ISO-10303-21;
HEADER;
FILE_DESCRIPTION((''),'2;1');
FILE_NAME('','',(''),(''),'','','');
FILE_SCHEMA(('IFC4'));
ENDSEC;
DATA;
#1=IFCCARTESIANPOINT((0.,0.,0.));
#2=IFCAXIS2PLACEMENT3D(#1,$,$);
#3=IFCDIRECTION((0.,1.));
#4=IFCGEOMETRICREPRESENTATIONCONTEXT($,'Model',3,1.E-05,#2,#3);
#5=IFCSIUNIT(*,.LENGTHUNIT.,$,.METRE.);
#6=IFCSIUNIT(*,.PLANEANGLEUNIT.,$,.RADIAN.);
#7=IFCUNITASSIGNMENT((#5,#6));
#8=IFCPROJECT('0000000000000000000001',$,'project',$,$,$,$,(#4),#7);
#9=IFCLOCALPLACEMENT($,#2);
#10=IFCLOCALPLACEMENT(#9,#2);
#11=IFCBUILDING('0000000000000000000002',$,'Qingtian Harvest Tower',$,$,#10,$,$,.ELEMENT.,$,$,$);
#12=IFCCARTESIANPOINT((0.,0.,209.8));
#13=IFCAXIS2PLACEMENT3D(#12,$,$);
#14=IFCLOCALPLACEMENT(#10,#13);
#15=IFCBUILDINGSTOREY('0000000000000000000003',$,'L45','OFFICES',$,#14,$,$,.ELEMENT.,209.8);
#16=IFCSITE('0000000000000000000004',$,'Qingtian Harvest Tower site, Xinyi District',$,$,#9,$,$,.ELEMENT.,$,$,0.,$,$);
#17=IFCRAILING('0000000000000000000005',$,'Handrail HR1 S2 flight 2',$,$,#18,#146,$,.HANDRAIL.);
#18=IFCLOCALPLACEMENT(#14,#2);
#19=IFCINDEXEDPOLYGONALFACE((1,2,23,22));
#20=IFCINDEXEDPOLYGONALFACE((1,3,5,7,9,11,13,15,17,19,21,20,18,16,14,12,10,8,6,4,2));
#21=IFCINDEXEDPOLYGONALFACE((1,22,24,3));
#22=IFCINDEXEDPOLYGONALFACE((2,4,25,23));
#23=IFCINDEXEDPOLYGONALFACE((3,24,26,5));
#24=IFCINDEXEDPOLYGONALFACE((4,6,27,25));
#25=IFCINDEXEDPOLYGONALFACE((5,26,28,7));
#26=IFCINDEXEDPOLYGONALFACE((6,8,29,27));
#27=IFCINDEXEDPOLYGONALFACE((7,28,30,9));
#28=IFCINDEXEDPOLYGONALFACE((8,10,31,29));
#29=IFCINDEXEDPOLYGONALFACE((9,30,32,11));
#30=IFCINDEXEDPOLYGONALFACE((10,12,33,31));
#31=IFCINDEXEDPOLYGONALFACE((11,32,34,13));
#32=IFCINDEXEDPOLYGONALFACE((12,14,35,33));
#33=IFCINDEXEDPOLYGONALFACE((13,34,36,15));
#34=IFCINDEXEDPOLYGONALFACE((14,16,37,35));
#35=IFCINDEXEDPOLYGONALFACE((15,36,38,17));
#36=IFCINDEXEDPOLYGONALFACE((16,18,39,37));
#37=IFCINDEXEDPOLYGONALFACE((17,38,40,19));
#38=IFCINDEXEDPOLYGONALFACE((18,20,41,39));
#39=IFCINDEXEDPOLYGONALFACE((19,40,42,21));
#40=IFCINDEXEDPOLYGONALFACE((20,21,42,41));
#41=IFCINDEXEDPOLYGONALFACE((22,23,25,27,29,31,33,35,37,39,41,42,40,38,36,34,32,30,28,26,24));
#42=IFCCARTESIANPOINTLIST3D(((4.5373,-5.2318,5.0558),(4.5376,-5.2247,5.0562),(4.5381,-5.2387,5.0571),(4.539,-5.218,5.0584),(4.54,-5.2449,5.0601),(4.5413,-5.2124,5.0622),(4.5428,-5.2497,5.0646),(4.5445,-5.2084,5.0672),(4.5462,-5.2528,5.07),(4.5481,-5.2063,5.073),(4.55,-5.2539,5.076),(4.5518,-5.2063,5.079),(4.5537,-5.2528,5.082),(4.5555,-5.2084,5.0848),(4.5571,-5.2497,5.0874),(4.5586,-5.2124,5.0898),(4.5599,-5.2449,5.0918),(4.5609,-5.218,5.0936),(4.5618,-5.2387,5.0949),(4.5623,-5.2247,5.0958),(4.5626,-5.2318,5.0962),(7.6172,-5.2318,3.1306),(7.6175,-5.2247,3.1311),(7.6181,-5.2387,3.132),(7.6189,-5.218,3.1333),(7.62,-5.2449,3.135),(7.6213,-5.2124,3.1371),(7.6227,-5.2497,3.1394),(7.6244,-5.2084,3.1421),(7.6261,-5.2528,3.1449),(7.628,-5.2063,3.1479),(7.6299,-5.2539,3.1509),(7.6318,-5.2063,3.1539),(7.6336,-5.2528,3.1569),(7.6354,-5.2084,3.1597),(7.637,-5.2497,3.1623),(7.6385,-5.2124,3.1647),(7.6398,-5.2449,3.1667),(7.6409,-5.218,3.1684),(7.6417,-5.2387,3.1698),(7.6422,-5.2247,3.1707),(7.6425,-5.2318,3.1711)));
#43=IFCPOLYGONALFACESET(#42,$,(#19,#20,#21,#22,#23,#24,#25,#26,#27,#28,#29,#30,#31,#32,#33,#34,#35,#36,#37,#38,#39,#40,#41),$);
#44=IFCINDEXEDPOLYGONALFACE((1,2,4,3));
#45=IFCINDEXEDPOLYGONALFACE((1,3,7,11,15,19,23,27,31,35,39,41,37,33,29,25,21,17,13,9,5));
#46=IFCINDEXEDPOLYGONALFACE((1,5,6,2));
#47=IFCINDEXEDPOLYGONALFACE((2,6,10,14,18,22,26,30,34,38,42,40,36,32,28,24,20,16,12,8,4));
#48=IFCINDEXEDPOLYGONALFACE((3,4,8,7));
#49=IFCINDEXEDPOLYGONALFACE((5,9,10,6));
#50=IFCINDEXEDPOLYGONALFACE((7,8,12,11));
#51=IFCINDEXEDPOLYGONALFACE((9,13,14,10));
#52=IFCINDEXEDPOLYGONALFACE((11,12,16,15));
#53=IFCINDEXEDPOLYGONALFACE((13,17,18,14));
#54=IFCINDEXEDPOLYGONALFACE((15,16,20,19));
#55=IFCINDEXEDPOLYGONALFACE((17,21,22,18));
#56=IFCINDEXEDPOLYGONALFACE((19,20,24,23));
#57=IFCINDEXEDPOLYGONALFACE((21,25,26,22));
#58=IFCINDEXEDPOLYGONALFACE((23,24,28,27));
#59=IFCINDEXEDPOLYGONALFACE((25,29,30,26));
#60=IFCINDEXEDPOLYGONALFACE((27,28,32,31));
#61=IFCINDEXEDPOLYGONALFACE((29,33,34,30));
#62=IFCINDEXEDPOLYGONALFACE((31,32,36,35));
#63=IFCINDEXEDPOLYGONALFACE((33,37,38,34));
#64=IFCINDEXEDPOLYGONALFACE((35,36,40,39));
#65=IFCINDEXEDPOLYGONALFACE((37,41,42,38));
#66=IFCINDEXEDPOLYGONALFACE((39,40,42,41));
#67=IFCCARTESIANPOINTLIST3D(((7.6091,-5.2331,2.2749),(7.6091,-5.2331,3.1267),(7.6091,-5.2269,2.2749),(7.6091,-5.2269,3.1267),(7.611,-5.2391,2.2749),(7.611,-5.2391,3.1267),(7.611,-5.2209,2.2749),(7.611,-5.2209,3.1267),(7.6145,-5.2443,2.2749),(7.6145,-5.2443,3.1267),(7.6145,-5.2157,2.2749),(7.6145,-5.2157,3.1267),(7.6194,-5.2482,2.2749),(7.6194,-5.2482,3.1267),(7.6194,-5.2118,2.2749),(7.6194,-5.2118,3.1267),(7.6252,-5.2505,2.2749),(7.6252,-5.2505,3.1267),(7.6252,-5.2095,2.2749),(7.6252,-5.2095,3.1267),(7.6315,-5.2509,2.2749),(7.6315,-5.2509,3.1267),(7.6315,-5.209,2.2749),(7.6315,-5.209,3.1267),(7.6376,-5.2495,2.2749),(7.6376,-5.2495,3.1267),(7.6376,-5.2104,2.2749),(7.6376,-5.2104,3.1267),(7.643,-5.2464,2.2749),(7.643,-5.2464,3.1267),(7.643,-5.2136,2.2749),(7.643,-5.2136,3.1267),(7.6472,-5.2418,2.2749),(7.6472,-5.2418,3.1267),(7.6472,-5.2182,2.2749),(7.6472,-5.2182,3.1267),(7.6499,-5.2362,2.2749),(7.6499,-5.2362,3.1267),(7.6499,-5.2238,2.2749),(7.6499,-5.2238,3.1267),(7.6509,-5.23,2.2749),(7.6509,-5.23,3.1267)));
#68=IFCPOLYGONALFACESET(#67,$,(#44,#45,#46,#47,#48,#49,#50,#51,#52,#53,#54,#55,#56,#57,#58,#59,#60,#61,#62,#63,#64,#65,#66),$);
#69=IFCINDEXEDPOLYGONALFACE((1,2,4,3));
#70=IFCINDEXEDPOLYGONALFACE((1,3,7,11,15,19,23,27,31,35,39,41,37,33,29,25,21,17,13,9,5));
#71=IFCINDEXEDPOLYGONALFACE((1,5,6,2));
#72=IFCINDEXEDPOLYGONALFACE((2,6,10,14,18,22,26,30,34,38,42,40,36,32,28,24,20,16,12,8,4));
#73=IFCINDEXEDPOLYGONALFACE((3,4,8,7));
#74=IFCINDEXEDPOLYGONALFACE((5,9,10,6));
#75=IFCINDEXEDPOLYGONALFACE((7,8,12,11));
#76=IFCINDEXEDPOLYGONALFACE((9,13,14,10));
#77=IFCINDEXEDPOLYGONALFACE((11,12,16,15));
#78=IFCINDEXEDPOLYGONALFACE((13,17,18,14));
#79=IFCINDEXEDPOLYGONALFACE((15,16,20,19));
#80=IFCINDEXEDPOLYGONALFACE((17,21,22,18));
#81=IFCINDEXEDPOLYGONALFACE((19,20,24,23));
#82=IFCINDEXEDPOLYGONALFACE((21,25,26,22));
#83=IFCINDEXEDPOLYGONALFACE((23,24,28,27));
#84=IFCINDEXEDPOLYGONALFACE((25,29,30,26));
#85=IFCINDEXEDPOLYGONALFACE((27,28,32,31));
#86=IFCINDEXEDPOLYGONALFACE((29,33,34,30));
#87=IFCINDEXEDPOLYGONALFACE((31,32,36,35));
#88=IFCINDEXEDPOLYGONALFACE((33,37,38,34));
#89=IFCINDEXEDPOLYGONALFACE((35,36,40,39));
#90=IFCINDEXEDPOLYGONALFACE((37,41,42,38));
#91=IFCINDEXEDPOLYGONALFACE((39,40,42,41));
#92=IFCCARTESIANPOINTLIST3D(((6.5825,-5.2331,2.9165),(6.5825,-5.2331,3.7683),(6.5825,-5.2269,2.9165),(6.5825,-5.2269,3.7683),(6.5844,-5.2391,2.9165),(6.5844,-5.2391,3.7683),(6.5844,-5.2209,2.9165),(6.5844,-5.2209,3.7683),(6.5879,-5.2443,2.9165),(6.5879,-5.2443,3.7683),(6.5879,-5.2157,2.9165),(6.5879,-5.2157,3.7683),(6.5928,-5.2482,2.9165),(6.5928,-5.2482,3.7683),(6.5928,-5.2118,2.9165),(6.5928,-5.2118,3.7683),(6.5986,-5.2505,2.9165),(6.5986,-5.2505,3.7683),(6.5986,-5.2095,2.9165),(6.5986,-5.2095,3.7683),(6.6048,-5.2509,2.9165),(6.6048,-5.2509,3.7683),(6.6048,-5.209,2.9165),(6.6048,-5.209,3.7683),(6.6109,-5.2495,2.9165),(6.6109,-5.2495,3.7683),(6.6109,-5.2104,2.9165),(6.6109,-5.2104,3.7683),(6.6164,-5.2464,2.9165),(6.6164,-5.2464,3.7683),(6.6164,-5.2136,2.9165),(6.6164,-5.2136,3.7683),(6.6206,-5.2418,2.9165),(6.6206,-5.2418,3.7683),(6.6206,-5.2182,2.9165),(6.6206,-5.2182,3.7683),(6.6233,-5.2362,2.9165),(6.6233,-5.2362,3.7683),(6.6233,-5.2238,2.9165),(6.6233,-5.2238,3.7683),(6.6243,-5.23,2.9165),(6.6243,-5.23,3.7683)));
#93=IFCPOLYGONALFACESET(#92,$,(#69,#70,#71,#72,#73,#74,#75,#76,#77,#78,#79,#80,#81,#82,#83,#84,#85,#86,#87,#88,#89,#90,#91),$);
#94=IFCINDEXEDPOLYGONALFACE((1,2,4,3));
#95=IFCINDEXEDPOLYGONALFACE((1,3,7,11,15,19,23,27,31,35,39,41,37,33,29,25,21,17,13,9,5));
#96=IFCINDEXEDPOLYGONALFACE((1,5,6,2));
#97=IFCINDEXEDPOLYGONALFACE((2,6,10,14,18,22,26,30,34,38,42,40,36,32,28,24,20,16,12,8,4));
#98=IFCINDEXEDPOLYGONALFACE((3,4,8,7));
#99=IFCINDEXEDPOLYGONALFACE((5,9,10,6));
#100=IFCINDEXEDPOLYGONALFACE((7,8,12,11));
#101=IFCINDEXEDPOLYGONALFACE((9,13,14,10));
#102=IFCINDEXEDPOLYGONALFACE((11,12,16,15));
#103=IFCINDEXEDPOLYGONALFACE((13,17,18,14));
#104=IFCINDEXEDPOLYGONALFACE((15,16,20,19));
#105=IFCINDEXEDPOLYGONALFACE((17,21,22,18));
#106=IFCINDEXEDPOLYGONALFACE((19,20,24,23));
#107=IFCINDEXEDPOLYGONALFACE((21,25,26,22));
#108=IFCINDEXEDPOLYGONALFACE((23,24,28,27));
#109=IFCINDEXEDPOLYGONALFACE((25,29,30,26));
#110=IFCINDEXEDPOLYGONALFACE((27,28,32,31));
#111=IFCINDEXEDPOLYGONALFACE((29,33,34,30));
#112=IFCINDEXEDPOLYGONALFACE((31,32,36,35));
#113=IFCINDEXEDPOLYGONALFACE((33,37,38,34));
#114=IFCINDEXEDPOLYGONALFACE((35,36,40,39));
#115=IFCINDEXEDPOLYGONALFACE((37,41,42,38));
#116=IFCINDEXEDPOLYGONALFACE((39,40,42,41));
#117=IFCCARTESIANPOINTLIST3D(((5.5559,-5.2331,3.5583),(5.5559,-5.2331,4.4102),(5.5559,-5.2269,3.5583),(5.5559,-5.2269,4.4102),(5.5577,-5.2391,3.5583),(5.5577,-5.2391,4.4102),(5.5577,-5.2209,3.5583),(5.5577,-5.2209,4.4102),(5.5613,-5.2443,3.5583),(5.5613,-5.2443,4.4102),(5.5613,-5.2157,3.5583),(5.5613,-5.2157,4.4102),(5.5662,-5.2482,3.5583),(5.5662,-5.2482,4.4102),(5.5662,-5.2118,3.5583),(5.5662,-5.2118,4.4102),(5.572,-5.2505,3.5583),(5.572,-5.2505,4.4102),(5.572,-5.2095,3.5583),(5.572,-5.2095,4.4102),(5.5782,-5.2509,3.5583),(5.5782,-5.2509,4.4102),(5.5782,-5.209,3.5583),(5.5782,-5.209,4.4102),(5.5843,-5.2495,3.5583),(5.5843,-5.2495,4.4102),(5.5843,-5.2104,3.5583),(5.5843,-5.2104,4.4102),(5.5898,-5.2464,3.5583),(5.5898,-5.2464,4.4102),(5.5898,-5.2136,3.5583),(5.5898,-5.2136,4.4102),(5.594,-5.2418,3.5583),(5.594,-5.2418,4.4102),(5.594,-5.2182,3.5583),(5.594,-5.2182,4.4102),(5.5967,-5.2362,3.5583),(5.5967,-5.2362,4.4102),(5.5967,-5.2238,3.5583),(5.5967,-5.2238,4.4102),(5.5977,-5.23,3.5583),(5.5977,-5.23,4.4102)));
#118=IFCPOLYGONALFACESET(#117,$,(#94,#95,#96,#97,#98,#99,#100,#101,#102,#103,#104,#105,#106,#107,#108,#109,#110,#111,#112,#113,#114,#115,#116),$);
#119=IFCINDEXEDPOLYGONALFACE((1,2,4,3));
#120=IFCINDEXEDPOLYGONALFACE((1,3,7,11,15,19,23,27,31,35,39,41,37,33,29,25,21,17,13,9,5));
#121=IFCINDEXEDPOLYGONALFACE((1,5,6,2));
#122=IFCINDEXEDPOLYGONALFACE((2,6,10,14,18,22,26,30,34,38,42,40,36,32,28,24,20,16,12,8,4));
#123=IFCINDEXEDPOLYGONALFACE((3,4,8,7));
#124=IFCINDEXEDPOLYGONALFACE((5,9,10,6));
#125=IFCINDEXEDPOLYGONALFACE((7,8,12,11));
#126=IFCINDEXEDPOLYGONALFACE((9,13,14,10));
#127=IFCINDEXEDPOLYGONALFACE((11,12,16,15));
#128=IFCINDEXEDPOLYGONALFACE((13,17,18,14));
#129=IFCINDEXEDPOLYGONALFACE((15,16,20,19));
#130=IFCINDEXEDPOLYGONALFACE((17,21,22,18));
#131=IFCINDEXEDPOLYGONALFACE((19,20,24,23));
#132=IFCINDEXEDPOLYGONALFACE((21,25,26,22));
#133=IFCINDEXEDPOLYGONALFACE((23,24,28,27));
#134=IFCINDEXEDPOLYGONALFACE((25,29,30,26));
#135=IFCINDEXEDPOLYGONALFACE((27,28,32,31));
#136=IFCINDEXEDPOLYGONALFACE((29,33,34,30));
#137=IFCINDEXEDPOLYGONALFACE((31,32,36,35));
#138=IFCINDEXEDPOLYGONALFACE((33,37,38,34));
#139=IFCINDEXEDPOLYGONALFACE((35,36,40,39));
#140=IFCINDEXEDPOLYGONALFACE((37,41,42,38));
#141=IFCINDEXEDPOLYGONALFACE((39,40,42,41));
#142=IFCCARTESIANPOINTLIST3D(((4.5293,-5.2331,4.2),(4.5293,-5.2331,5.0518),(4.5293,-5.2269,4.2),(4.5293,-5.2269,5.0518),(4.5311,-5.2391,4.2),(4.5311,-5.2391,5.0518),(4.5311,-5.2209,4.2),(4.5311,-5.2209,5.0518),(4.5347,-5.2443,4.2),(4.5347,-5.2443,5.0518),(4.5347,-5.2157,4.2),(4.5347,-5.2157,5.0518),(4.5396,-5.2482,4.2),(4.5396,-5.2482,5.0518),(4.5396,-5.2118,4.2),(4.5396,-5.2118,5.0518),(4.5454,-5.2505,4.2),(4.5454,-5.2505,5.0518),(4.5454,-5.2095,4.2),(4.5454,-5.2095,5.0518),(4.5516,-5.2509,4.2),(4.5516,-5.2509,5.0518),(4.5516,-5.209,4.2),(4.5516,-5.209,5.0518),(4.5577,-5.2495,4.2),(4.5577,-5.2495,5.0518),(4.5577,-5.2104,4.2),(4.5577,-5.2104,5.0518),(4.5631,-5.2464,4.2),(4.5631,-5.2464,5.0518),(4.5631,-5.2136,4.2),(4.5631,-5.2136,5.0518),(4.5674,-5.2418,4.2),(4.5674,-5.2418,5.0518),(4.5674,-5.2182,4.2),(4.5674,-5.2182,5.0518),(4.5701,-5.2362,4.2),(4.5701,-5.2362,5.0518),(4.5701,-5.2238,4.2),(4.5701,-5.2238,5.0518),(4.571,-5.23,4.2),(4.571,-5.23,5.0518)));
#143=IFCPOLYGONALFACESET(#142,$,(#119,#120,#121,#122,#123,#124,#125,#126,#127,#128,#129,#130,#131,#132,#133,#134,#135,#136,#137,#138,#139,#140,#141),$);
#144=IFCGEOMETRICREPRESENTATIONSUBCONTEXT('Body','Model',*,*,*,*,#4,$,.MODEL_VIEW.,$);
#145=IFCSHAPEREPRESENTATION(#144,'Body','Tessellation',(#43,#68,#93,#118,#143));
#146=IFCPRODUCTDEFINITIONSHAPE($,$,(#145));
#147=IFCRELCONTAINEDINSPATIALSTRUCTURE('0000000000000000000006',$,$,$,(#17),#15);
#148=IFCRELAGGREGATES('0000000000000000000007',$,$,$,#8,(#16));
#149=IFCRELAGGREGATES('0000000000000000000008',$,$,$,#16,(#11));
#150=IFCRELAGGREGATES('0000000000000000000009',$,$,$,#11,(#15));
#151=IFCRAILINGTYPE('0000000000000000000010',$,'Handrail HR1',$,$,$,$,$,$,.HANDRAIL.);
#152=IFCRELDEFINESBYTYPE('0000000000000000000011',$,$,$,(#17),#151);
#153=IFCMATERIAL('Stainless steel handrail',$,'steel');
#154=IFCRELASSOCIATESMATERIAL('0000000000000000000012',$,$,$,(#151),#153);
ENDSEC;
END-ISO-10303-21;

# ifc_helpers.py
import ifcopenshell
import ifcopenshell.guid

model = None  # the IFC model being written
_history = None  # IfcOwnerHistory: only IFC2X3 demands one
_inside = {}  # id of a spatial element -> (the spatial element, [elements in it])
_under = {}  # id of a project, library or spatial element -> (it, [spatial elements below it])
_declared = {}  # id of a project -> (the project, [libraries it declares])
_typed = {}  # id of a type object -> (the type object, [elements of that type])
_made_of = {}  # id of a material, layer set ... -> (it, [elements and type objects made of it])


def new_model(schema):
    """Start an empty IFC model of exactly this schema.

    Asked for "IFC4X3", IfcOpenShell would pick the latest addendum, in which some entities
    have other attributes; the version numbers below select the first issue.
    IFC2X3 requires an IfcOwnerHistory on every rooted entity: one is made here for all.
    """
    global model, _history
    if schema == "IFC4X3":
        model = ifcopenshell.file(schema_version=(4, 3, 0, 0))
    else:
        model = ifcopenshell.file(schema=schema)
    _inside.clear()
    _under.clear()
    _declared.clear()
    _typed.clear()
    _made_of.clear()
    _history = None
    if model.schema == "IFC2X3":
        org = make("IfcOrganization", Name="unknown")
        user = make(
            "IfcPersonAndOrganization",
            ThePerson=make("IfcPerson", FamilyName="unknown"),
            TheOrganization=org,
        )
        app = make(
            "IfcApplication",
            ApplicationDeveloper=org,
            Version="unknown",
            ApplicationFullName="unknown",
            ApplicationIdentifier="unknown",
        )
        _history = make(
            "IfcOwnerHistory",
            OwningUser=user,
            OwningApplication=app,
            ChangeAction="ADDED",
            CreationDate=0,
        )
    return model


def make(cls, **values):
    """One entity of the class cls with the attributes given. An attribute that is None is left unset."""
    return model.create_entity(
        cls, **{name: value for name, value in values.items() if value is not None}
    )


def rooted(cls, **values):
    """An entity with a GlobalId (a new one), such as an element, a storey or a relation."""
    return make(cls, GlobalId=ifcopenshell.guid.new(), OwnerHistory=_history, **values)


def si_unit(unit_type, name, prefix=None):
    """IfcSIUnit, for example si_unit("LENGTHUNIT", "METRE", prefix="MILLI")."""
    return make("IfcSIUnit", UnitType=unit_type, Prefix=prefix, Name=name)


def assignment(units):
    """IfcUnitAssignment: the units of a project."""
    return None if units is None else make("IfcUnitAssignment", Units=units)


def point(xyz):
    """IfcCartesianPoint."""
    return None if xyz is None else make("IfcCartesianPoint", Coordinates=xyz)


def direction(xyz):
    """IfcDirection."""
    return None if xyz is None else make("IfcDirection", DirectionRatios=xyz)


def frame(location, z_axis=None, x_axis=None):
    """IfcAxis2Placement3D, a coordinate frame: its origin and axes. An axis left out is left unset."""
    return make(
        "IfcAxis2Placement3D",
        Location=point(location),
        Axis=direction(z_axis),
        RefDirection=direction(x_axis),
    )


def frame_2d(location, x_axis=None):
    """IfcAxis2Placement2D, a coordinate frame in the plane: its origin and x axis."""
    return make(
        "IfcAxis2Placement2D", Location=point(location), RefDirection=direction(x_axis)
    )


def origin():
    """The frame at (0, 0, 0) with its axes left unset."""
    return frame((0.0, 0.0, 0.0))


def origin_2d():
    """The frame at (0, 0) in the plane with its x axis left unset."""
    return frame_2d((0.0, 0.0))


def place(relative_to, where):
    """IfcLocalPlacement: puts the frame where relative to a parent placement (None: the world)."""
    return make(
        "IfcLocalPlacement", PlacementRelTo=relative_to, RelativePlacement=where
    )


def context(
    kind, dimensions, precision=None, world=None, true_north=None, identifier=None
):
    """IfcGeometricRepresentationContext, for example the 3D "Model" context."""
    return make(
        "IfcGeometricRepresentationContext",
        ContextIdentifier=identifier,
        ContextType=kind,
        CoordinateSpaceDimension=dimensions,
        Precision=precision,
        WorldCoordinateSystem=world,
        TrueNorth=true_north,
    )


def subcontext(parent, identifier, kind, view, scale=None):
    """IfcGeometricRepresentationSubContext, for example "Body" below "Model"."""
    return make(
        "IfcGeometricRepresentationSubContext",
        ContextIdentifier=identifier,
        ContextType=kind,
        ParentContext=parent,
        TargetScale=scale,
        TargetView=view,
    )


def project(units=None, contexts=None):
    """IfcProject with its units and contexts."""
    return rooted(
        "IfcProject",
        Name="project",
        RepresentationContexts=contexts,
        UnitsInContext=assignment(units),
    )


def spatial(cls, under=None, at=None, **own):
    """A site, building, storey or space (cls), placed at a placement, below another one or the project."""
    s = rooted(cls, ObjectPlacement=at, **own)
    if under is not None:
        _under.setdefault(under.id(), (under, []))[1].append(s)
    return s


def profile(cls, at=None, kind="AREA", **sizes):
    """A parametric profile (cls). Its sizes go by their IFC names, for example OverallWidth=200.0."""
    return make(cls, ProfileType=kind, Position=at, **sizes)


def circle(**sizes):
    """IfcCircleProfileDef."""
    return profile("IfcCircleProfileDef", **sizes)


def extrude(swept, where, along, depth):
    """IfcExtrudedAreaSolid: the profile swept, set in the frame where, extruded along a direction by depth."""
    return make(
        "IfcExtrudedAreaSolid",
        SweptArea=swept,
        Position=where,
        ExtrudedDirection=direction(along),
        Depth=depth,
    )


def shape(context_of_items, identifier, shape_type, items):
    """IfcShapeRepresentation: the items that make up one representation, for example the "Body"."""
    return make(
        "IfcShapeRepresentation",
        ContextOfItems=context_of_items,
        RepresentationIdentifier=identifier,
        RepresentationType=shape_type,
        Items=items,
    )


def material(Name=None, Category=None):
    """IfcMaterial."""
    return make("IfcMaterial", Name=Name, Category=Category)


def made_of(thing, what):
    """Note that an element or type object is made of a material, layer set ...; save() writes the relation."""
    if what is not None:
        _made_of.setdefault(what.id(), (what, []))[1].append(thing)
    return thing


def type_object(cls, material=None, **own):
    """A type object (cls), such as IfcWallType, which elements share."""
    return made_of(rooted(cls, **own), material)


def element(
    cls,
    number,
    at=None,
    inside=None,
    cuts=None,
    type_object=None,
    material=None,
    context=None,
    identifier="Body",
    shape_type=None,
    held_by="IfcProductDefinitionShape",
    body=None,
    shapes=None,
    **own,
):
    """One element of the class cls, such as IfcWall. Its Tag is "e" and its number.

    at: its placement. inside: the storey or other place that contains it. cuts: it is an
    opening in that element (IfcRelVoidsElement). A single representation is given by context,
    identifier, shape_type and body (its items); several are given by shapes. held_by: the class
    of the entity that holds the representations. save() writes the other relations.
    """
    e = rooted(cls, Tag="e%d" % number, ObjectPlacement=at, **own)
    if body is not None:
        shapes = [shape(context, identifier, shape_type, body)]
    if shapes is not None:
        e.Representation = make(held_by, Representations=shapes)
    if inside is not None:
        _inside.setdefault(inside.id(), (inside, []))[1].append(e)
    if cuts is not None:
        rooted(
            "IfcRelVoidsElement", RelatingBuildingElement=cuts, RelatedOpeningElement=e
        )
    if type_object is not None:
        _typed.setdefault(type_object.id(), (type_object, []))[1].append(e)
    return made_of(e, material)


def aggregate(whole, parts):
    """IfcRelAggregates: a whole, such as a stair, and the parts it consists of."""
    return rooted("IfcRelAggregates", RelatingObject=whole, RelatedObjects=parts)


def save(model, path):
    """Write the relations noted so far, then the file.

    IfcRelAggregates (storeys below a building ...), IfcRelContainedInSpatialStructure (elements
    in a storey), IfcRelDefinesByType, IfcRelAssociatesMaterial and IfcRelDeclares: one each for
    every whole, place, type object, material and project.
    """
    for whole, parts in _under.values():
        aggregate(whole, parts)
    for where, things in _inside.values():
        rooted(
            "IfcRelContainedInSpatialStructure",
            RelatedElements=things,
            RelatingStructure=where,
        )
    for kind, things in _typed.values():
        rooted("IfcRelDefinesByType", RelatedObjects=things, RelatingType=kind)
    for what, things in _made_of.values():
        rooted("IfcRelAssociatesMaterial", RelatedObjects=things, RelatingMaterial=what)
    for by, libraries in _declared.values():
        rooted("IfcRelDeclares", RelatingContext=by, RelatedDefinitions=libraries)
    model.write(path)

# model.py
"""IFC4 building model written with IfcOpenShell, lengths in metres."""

from ifc_helpers import new_model, si_unit, direction, frame, origin, origin_2d, place, context, subcontext, project, spatial, circle, extrude, material, type_object, element, save


model = new_model("IFC4")

# Units and contexts
model_context = context("Model", 3, precision=1e-05, world=origin(), true_north=direction((0.0, 1.0)))
body_context = subcontext(model_context, "Body", "Model", "MODEL_VIEW")
ifc_project = project(units=[si_unit("LENGTHUNIT", "METRE"), si_unit("PLANEANGLEUNIT", "RADIAN")], contexts=[model_context])

# Site, building, storey
site_placement = place(None, origin())
site = spatial("IfcSite", under=ifc_project, at=site_placement, Name="Qingtian Harvest Tower site, Xinyi District", CompositionType="ELEMENT", RefElevation=0.0)
building_placement = place(site_placement, origin())
building = spatial("IfcBuilding", under=site, at=building_placement, Name="Qingtian Harvest Tower", CompositionType="ELEMENT")
storey_placement = place(building_placement, frame((0.0, 0.0, 209.8)))
storey = spatial("IfcBuildingStorey", under=building, at=storey_placement, Name="L45", Description="OFFICES", CompositionType="ELEMENT", Elevation=209.8)

# Railing
ifc_material_1 = material(Name="Stainless steel handrail", Category="steel")
railing_type = type_object("IfcRailingType", Name="Handrail HR1", PredefinedType="HANDRAIL", material=ifc_material_1)
railing_1_placement = place(storey_placement, frame((7.6299, -5.23, 2.2749)))
element("IfcRailing", 1, at=railing_1_placement, inside=storey, type_object=railing_type, Name="Handrail HR1 S2 flight 2", PredefinedType="HANDRAIL", context=body_context, shape_type="SweptSolid", body=[
    extrude(circle(Radius=0.0239, at=origin_2d()), frame((0.0, 0.0, 0.876), z_axis=(-0.847979, 0.0, 0.530029), x_axis=(0.0, -1.0, 0.0)), (0.0, 0.0, 1.0), 3.6321),
    extrude(circle(Radius=0.021, at=origin_2d()), origin(), (0.0, 0.0, 1.0), 0.8518),
    extrude(circle(Radius=0.021, at=origin_2d()), frame((-1.0266, 0.0, 0.6416)), (0.0, 0.0, 1.0), 0.8518),
    extrude(circle(Radius=0.021, at=origin_2d()), frame((-2.0532, 0.0, 1.2834)), (0.0, 0.0, 1.0), 0.8518),
    extrude(circle(Radius=0.021, at=origin_2d()), frame((-3.0798, 0.0, 1.925)), (0.0, 0.0, 1.0), 0.8518),
])

save(model, "model.ifc")
